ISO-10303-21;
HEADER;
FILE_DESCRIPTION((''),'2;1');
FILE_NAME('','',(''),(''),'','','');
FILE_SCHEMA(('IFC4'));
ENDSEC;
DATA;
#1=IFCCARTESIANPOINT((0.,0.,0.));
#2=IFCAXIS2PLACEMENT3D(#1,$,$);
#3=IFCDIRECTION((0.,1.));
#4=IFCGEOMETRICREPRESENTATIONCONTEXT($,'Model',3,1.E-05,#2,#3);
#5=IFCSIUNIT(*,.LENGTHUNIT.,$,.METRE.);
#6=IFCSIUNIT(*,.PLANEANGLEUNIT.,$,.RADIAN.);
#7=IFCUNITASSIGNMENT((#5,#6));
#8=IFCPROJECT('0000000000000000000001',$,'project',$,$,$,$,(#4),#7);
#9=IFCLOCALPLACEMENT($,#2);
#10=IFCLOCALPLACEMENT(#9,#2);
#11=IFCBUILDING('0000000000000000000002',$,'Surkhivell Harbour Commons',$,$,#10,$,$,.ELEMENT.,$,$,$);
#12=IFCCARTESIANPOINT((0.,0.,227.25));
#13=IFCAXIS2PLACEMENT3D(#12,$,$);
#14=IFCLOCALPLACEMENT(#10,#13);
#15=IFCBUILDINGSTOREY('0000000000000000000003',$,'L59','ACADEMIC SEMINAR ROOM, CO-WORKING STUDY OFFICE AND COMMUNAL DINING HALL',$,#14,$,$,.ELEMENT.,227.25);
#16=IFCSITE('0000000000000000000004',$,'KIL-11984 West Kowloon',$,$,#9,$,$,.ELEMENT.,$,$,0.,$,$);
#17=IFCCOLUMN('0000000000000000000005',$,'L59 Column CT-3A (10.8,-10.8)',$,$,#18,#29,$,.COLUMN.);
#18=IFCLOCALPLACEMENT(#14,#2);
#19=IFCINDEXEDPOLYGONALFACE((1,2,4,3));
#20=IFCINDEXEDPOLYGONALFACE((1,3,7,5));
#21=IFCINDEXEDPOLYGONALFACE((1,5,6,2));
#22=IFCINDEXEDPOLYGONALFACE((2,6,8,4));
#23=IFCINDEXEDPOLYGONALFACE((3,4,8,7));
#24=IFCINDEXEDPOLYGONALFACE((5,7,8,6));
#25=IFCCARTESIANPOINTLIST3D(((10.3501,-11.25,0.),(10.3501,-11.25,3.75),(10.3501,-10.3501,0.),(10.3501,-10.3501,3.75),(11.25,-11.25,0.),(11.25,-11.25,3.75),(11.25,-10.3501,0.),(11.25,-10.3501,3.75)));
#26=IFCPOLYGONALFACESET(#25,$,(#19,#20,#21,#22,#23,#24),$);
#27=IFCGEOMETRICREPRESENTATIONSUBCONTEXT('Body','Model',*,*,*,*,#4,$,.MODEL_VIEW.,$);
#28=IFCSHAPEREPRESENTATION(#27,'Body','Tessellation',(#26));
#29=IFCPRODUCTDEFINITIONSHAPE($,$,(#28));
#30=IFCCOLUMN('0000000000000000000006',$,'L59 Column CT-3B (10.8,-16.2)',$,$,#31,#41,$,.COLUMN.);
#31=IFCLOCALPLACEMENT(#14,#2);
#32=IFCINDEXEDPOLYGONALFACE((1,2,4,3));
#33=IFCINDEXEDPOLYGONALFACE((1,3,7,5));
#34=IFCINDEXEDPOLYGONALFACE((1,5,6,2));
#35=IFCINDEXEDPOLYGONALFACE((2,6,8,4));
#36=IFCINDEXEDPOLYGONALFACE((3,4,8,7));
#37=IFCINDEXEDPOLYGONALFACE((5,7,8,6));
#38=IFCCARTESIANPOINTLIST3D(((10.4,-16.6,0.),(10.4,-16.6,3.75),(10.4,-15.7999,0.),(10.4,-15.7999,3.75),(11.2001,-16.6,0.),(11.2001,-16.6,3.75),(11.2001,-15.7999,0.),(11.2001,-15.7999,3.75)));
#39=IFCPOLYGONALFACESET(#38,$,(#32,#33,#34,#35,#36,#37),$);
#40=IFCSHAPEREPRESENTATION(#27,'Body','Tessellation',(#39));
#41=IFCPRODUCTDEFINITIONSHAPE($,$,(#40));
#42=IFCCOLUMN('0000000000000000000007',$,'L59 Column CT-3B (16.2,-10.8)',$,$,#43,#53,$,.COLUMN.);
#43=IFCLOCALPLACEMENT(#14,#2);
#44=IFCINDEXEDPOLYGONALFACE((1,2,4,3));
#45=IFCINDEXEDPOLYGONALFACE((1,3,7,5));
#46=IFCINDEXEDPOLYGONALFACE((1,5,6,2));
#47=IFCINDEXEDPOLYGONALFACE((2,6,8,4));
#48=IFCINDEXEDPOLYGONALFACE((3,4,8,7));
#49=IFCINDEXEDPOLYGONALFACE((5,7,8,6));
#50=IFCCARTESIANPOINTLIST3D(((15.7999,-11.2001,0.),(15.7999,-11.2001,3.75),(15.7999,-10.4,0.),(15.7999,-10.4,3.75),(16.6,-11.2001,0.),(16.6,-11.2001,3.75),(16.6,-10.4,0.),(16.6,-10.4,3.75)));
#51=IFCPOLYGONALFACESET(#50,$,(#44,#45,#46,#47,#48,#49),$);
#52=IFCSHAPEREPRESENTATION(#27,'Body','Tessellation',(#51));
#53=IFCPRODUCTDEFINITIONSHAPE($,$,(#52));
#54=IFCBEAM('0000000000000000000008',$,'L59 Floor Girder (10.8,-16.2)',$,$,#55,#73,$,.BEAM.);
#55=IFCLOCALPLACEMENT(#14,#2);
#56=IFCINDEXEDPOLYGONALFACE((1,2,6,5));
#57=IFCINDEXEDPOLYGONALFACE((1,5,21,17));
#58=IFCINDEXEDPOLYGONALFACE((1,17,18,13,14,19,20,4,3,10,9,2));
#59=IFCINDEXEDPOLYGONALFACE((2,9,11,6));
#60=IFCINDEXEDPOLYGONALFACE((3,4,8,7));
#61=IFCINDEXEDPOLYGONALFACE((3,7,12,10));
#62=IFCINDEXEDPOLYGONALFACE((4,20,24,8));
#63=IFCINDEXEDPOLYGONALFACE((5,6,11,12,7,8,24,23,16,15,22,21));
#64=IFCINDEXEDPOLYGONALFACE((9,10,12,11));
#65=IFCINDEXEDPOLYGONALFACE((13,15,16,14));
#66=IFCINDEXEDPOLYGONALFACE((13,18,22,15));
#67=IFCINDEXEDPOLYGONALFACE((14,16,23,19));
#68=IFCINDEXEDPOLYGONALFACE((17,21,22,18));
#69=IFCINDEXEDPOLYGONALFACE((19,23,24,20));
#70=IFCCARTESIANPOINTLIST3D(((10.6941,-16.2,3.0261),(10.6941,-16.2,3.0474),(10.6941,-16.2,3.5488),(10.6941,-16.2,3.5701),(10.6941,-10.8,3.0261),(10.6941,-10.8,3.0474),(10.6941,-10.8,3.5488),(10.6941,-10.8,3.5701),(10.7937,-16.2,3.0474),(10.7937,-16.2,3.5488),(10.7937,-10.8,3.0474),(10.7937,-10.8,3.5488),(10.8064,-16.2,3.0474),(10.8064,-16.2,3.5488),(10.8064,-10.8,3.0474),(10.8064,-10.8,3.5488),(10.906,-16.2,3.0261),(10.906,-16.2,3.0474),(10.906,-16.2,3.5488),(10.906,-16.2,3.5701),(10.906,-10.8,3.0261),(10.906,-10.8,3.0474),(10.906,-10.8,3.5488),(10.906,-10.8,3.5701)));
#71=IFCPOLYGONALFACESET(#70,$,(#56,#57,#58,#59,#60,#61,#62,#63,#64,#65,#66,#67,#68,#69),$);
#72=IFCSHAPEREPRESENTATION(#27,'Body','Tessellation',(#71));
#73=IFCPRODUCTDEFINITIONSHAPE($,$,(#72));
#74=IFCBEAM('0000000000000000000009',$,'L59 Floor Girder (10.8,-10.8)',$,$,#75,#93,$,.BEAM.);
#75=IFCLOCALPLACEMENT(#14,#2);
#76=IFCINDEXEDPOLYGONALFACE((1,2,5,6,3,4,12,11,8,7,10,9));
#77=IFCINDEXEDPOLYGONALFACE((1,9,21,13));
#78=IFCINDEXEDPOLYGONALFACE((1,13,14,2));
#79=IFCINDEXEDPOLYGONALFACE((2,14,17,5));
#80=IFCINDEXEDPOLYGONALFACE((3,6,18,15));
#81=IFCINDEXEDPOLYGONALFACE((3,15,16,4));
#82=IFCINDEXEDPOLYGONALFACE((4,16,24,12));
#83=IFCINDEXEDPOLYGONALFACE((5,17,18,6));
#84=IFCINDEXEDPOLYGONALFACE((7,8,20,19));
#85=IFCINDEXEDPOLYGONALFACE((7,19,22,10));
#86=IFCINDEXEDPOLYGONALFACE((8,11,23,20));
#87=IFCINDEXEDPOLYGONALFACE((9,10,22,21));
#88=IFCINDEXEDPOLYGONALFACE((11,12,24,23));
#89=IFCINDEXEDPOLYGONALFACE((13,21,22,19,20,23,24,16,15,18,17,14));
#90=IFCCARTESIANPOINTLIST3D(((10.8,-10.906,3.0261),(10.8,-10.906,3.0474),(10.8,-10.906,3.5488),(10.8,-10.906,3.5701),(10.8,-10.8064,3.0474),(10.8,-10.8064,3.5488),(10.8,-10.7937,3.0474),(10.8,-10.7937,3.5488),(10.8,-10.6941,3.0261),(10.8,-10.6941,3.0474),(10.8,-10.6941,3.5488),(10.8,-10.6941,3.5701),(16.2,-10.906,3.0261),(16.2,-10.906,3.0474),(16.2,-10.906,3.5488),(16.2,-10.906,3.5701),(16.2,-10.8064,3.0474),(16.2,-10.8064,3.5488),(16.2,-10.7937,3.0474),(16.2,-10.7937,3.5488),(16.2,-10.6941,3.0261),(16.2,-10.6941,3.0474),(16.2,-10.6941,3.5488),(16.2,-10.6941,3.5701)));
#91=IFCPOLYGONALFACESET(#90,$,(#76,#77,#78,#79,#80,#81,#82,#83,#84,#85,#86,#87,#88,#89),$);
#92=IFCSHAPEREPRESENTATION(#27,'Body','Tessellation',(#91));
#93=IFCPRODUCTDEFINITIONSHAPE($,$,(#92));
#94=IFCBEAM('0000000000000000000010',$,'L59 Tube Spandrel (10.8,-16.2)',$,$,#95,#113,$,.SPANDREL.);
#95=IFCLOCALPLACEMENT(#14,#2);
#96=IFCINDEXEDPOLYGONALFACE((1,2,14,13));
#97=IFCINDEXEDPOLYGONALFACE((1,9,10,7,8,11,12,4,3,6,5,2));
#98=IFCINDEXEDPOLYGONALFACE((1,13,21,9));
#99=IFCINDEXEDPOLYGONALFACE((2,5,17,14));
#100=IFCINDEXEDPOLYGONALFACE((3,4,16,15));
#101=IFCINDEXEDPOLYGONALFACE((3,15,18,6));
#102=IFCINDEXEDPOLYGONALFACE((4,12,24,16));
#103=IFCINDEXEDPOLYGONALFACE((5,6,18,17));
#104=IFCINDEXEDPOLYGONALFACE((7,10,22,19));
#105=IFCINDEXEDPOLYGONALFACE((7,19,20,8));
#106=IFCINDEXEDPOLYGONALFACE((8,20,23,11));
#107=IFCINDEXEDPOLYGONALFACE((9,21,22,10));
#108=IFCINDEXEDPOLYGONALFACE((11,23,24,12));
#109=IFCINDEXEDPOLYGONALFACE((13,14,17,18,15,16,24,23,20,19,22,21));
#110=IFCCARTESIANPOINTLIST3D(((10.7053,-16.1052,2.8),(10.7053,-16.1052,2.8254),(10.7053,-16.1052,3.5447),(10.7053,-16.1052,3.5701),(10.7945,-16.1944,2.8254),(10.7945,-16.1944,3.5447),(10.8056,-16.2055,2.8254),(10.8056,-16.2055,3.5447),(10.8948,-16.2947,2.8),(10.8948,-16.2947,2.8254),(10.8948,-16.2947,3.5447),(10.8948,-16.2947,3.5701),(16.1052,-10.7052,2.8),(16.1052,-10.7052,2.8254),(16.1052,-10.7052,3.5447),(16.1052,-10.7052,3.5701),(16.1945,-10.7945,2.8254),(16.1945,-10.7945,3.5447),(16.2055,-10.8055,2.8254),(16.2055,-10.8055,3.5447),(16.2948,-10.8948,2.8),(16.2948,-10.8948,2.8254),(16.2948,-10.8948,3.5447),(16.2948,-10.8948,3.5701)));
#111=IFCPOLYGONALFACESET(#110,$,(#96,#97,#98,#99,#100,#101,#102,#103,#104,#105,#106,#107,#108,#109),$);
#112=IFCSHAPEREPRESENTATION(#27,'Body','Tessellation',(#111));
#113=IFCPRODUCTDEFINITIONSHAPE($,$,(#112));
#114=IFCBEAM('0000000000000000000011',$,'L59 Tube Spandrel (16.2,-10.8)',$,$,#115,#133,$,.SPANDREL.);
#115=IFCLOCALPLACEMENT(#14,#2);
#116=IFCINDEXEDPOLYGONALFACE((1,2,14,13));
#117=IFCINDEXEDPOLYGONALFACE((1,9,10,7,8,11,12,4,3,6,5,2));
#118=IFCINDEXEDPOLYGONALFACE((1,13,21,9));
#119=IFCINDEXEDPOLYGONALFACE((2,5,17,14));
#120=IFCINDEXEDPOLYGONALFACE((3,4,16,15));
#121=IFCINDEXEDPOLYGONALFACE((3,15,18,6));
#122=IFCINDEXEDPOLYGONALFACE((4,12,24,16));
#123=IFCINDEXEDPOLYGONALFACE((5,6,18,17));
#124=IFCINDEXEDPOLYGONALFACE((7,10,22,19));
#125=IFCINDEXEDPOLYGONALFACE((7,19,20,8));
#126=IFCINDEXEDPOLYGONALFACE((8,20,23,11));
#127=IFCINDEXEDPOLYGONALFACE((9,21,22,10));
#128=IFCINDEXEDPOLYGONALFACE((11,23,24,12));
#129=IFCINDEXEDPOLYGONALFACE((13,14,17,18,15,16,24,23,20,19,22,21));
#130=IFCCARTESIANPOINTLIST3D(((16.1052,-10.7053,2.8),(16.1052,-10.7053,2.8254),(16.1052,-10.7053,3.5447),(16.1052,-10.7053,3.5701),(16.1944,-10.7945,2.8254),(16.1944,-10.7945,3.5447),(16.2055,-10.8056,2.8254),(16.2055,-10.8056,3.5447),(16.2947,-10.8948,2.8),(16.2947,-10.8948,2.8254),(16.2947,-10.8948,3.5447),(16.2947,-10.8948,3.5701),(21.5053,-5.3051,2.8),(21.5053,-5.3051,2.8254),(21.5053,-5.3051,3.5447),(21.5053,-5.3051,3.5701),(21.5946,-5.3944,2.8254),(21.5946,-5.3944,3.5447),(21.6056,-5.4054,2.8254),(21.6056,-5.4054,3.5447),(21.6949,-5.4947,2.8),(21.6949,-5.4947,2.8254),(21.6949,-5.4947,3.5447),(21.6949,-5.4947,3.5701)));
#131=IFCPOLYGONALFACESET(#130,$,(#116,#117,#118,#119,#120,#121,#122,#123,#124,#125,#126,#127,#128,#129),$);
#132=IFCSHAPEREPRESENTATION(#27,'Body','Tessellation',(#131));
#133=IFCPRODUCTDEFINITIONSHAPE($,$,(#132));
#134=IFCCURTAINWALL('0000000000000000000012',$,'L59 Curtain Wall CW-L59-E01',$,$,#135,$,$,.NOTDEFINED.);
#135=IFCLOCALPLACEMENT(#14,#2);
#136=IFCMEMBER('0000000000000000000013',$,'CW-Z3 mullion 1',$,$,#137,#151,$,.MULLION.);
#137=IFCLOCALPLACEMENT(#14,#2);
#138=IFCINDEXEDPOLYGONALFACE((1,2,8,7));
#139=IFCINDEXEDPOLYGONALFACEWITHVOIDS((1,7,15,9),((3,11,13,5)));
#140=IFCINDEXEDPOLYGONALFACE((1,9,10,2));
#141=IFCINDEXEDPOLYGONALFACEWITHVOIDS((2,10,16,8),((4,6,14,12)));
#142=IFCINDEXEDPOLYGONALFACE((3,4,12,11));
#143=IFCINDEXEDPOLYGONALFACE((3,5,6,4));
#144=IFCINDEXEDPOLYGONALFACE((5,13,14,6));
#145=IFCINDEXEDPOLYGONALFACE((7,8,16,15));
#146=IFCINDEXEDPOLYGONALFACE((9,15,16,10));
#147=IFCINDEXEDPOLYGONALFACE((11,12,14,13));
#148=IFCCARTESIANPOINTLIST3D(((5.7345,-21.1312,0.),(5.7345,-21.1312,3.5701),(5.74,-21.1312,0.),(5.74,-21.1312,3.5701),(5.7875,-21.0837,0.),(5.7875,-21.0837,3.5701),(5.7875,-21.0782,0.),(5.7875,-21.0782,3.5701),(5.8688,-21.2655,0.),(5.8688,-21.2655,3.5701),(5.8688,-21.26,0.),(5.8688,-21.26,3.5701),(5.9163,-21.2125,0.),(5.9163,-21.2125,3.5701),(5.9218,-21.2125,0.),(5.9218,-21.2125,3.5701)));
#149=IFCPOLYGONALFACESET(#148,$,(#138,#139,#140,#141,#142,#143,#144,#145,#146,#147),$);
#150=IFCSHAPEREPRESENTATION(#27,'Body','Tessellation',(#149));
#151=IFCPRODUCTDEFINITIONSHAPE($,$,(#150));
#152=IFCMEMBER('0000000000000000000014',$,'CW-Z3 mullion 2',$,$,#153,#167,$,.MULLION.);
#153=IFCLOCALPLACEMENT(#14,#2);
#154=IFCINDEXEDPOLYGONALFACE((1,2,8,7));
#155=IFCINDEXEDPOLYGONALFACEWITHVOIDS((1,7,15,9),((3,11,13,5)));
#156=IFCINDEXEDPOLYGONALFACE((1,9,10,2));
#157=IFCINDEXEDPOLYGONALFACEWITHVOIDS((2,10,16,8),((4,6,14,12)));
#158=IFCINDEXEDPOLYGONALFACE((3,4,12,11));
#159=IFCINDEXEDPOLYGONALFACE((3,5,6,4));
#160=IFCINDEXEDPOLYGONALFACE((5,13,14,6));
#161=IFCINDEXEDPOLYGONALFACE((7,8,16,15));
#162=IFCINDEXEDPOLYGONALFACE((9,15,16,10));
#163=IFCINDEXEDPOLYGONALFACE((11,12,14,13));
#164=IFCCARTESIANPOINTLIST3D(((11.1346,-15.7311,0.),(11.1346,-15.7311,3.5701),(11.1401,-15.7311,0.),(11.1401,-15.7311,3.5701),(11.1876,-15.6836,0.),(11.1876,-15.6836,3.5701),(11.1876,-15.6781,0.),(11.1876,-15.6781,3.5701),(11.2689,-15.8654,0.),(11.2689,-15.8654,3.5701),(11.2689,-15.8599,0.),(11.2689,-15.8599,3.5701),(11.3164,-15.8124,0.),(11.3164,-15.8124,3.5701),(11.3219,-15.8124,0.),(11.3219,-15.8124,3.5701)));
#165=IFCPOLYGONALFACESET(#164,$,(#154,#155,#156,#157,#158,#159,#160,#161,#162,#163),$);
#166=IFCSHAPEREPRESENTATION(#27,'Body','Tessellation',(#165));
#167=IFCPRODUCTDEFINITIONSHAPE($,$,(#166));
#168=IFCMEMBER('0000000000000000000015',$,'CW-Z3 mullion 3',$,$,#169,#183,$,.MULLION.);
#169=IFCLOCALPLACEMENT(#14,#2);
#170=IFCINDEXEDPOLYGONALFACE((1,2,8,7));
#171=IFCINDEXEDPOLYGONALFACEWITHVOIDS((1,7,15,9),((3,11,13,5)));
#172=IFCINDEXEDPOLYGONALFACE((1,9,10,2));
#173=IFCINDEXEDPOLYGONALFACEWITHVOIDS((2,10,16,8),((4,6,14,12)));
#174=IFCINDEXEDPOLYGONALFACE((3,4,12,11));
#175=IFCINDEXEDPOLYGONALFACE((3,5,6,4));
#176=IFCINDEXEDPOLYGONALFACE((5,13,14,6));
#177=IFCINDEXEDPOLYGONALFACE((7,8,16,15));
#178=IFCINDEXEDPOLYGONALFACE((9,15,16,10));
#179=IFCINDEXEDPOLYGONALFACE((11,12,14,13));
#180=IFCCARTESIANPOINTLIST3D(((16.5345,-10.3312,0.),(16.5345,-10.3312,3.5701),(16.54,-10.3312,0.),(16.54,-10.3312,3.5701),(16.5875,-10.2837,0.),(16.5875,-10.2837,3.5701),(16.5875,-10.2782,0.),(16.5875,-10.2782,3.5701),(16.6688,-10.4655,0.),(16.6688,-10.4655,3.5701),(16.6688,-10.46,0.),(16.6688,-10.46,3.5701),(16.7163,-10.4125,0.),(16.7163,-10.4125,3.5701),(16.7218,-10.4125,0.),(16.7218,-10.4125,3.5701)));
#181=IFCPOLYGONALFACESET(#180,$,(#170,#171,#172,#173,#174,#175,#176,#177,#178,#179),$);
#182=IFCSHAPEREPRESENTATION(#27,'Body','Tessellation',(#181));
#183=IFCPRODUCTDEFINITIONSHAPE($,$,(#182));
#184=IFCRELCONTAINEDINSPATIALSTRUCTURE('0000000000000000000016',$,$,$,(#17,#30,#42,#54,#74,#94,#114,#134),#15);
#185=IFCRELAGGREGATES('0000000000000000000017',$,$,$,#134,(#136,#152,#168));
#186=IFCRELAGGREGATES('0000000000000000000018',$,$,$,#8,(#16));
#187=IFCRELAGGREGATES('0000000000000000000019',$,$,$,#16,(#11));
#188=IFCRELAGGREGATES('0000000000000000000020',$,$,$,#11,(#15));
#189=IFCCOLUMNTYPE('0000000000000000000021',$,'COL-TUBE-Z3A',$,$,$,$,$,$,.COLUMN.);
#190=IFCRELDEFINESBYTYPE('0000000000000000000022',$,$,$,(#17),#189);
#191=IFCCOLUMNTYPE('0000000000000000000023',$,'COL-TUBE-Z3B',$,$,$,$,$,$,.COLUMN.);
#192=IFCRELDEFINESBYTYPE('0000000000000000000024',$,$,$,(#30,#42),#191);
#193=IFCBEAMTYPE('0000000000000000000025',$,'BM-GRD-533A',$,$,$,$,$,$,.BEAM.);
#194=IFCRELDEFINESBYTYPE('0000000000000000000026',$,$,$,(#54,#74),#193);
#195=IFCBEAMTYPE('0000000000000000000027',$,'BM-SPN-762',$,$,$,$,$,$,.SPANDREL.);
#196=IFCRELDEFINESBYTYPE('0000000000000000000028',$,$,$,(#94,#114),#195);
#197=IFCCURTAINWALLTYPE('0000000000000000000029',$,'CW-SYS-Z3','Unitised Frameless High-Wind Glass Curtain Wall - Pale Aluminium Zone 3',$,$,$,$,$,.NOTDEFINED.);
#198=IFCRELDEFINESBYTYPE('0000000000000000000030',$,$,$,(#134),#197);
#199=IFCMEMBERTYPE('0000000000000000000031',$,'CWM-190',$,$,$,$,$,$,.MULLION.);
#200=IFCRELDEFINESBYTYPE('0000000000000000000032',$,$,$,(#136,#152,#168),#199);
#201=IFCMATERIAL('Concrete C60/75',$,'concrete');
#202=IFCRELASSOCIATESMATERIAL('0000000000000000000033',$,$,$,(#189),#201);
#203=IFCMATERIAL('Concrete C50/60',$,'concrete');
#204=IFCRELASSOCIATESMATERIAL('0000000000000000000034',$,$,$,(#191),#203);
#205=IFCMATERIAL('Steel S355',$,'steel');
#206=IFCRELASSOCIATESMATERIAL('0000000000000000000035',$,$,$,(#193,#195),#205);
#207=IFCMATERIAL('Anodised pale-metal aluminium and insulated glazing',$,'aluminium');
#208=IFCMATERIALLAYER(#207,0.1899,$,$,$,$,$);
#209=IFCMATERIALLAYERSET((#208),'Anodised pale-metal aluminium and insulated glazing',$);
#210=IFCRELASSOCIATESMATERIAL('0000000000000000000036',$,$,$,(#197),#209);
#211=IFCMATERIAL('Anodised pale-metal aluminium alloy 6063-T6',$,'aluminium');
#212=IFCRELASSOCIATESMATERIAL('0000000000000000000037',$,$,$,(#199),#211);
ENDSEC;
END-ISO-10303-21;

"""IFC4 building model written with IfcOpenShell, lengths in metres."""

from ifc_helpers import new_model, si_unit, direction, frame, origin, origin_2d, place, context, subcontext, project, spatial, rectangle, hollow_rectangle, i_section, extrude, material, layer, layer_set, material_profile, profile_set, type_object, element, aggregate, save


model = new_model("IFC4")

# Units and contexts
model_context = context("Model", 3, precision=1e-05, world=origin(), true_north=direction((0.0, 1.0)))
body_context = subcontext(model_context, "Body", "Model", "MODEL_VIEW")
ifc_project = project(units=[si_unit("LENGTHUNIT", "METRE"), si_unit("PLANEANGLEUNIT", "RADIAN")], contexts=[model_context])

# Site, building, storey
site_placement = place(None, origin())
site = spatial("IfcSite", under=ifc_project, at=site_placement, Name="KIL-11984 West Kowloon", CompositionType="ELEMENT", RefElevation=0.0)
building_placement = place(site_placement, origin())
building = spatial("IfcBuilding", under=site, at=building_placement, Name="Surkhivell Harbour Commons", CompositionType="ELEMENT")
storey_placement = place(building_placement, frame((0.0, 0.0, 227.25)))
storey = spatial("IfcBuildingStorey", under=building, at=storey_placement, Name="L59", Description="ACADEMIC SEMINAR ROOM, CO-WORKING STUDY OFFICE AND COMMUNAL DINING HALL", CompositionType="ELEMENT", Elevation=227.25)

# Columns
ifc_material_1 = material(Name="Concrete C60/75", Category="concrete")
ifc_material_profile_1 = material_profile(ifc_material_1, rectangle(XDim=0.8999, YDim=0.8999, at=origin_2d()), Name="RC-COL-900x900")
ifc_profile_set_1 = profile_set([ifc_material_profile_1], Name="Concrete C60/75")
column_type_1 = type_object("IfcColumnType", Name="COL-TUBE-Z3A", PredefinedType="COLUMN", material=ifc_profile_set_1)
column_placement = place(storey_placement, frame((10.8, -10.8, 0.0), z_axis=(0.0, 0.0, 1.0), x_axis=(1.0, 0.0, 0.0)))
element("IfcColumn", 1, at=column_placement, inside=storey, type_object=column_type_1, Name="L59 Column CT-3A (10.8,-10.8)", PredefinedType="COLUMN", context=body_context, shape_type="SweptSolid", body=[
    extrude(rectangle(XDim=0.8999, YDim=0.8999, at=origin_2d()), origin(), (0.0, 0.0, 1.0), 3.75),
])
ifc_material_2 = material(Name="Concrete C50/60", Category="concrete")
ifc_material_profile_2 = material_profile(ifc_material_2, rectangle(XDim=0.8, YDim=0.8, at=origin_2d()), Name="RC-COL-800x800")
ifc_profile_set_2 = profile_set([ifc_material_profile_2], Name="Concrete C50/60")
column_type_2 = type_object("IfcColumnType", Name="COL-TUBE-Z3B", PredefinedType="COLUMN", material=ifc_profile_set_2)
for number, where, z_axis, x_axis, name in (
    (2, (10.8, -16.2, 0.0), (0.0, 0.0, 1.0), (1.0, 0.0, 0.0), "L59 Column CT-3B (10.8,-16.2)"),
    (3, (16.2, -10.8, 0.0), (0.0, 0.0, 1.0), (1.0, 0.0, 0.0), "L59 Column CT-3B (16.2,-10.8)"),
):
    element("IfcColumn", number, at=place(storey_placement, frame(where, z_axis=z_axis, x_axis=x_axis)), inside=storey, type_object=column_type_2, Name=name, PredefinedType="COLUMN", context=body_context, shape_type="SweptSolid", body=[
        extrude(rectangle(XDim=0.8, YDim=0.8, at=origin_2d()), origin(), (0.0, 0.0, 1.0), 3.75),
    ])

# Beams
ifc_material_3 = material(Name="Steel S355", Category="steel")
ifc_material_profile_3 = material_profile(ifc_material_3, i_section(OverallWidth=0.2119, OverallDepth=0.5439, WebThickness=0.0127, FlangeThickness=0.0212, at=origin_2d()), Name="UB533x210x122")
ifc_profile_set_3 = profile_set([ifc_material_profile_3], Name="Steel S355")
beam_type_1 = type_object("IfcBeamType", Name="BM-GRD-533A", PredefinedType="BEAM", material=ifc_profile_set_3)
for number, where, z_axis, x_axis, name in (
    (4, (10.8, -16.2, 3.2981), (0.0, 1.0, 0.0), (-1.0, 0.0, 0.0), "L59 Floor Girder (10.8,-16.2)"),
    (5, (10.8, -10.8, 3.2981), (1.0, 0.0, 0.0), (0.0, 1.0, 0.0), "L59 Floor Girder (10.8,-10.8)"),
):
    element("IfcBeam", number, at=place(storey_placement, frame(where, z_axis=z_axis, x_axis=x_axis)), inside=storey, type_object=beam_type_1, Name=name, PredefinedType="BEAM", context=body_context, shape_type="SweptSolid", body=[
        extrude(i_section(OverallWidth=0.2119, OverallDepth=0.5439, WebThickness=0.0127, FlangeThickness=0.0212, at=origin_2d()), origin(), (0.0, 0.0, 1.0), 5.3999),
    ])
ifc_material_profile_4 = material_profile(ifc_material_3, i_section(OverallWidth=0.2681, OverallDepth=0.77, WebThickness=0.0156, FlangeThickness=0.0254, at=origin_2d()), Name="UB762x267x197")
ifc_profile_set_4 = profile_set([ifc_material_profile_4], Name="Steel S355")
beam_type_2 = type_object("IfcBeamType", Name="BM-SPN-762", PredefinedType="SPANDREL", material=ifc_profile_set_4)
beam_1_placement = place(storey_placement, frame((10.8, -16.2, 3.1851), z_axis=(0.707107, 0.707107, 0.0), x_axis=(-0.707107, 0.707107, 0.0)))
element("IfcBeam", 6, at=beam_1_placement, inside=storey, type_object=beam_type_2, Name="L59 Tube Spandrel (10.8,-16.2)", PredefinedType="SPANDREL", context=body_context, shape_type="SweptSolid", body=[
    extrude(i_section(OverallWidth=0.2681, OverallDepth=0.77, WebThickness=0.0156, FlangeThickness=0.0254, at=origin_2d()), origin(), (0.0, 0.0, 1.0), 7.6367),
])
beam_2_placement = place(storey_placement, frame((16.2, -10.8, 3.1851), z_axis=(0.707107, 0.707107, 0.0), x_axis=(-0.707107, 0.707107, 0.0)))
element("IfcBeam", 7, at=beam_2_placement, inside=storey, type_object=beam_type_2, Name="L59 Tube Spandrel (16.2,-10.8)", PredefinedType="SPANDREL", context=body_context, shape_type="SweptSolid", body=[
    extrude(i_section(OverallWidth=0.2681, OverallDepth=0.77, WebThickness=0.0156, FlangeThickness=0.0254, at=origin_2d()), origin(), (0.0, 0.0, 1.0), 7.637),
])

# Curtain wall, members
ifc_material_4 = material(Name="Anodised pale-metal aluminium and insulated glazing", Category="aluminium")
ifc_layer_1 = layer(ifc_material_4, 0.1899)
ifc_layer_set_1 = layer_set([ifc_layer_1], Name="Anodised pale-metal aluminium and insulated glazing")
curtain_wall_type = type_object("IfcCurtainWallType", Name="CW-SYS-Z3", Description="Unitised Frameless High-Wind Glass Curtain Wall - Pale Aluminium Zone 3", PredefinedType="NOTDEFINED", material=ifc_layer_set_1)
curtain_wall_placement = place(storey_placement, origin())
curtain_wall = element("IfcCurtainWall", 8, at=curtain_wall_placement, inside=storey, type_object=curtain_wall_type, Name="L59 Curtain Wall CW-L59-E01", PredefinedType="NOTDEFINED")
ifc_material_5 = material(Name="Anodised pale-metal aluminium alloy 6063-T6", Category="aluminium")
ifc_material_profile_5 = material_profile(ifc_material_5, hollow_rectangle(XDim=0.075, YDim=0.1899, WallThickness=0.0039, at=origin_2d()), Name="ALU-MULL-75x190")
ifc_profile_set_5 = profile_set([ifc_material_profile_5], Name="Anodised pale-metal aluminium alloy 6063-T6")
member_type_1 = type_object("IfcMemberType", Name="CWM-190", PredefinedType="MULLION", material=ifc_profile_set_5)
member_1_placement = place(storey_placement, frame((5.8281, -21.1719, 0.0), z_axis=(0.0, 0.0, 1.0), x_axis=(0.707107, 0.707107, 0.0)))
member_1 = element("IfcMember", 9, at=member_1_placement, type_object=member_type_1, Name="CW-Z3 mullion 1", PredefinedType="MULLION", context=body_context, shape_type="SweptSolid", body=[
    extrude(hollow_rectangle(XDim=0.075, YDim=0.1899, WallThickness=0.0039, at=origin_2d()), origin(), (0.0, 0.0, 1.0), 3.5701),
])
member_2_placement = place(storey_placement, frame((11.2283, -15.7717, 0.0), z_axis=(0.0, 0.0, 1.0), x_axis=(0.707107, 0.707107, 0.0)))
member_2 = element("IfcMember", 10, at=member_2_placement, type_object=member_type_1, Name="CW-Z3 mullion 2", PredefinedType="MULLION", context=body_context, shape_type="SweptSolid", body=[
    extrude(hollow_rectangle(XDim=0.075, YDim=0.1899, WallThickness=0.0039, at=origin_2d()), origin(), (0.0, 0.0, 1.0), 3.5701),
])
member_3_placement = place(storey_placement, frame((16.6282, -10.3718, 0.0), z_axis=(0.0, 0.0, 1.0), x_axis=(0.707107, 0.707107, 0.0)))
member_3 = element("IfcMember", 11, at=member_3_placement, type_object=member_type_1, Name="CW-Z3 mullion 3", PredefinedType="MULLION", context=body_context, shape_type="SweptSolid", body=[
    extrude(hollow_rectangle(XDim=0.075, YDim=0.1899, WallThickness=0.0039, at=origin_2d()), origin(), (0.0, 0.0, 1.0), 3.5701),
])
aggregate(curtain_wall, [member_1, member_2, member_3])

save(model, "model.ifc")
